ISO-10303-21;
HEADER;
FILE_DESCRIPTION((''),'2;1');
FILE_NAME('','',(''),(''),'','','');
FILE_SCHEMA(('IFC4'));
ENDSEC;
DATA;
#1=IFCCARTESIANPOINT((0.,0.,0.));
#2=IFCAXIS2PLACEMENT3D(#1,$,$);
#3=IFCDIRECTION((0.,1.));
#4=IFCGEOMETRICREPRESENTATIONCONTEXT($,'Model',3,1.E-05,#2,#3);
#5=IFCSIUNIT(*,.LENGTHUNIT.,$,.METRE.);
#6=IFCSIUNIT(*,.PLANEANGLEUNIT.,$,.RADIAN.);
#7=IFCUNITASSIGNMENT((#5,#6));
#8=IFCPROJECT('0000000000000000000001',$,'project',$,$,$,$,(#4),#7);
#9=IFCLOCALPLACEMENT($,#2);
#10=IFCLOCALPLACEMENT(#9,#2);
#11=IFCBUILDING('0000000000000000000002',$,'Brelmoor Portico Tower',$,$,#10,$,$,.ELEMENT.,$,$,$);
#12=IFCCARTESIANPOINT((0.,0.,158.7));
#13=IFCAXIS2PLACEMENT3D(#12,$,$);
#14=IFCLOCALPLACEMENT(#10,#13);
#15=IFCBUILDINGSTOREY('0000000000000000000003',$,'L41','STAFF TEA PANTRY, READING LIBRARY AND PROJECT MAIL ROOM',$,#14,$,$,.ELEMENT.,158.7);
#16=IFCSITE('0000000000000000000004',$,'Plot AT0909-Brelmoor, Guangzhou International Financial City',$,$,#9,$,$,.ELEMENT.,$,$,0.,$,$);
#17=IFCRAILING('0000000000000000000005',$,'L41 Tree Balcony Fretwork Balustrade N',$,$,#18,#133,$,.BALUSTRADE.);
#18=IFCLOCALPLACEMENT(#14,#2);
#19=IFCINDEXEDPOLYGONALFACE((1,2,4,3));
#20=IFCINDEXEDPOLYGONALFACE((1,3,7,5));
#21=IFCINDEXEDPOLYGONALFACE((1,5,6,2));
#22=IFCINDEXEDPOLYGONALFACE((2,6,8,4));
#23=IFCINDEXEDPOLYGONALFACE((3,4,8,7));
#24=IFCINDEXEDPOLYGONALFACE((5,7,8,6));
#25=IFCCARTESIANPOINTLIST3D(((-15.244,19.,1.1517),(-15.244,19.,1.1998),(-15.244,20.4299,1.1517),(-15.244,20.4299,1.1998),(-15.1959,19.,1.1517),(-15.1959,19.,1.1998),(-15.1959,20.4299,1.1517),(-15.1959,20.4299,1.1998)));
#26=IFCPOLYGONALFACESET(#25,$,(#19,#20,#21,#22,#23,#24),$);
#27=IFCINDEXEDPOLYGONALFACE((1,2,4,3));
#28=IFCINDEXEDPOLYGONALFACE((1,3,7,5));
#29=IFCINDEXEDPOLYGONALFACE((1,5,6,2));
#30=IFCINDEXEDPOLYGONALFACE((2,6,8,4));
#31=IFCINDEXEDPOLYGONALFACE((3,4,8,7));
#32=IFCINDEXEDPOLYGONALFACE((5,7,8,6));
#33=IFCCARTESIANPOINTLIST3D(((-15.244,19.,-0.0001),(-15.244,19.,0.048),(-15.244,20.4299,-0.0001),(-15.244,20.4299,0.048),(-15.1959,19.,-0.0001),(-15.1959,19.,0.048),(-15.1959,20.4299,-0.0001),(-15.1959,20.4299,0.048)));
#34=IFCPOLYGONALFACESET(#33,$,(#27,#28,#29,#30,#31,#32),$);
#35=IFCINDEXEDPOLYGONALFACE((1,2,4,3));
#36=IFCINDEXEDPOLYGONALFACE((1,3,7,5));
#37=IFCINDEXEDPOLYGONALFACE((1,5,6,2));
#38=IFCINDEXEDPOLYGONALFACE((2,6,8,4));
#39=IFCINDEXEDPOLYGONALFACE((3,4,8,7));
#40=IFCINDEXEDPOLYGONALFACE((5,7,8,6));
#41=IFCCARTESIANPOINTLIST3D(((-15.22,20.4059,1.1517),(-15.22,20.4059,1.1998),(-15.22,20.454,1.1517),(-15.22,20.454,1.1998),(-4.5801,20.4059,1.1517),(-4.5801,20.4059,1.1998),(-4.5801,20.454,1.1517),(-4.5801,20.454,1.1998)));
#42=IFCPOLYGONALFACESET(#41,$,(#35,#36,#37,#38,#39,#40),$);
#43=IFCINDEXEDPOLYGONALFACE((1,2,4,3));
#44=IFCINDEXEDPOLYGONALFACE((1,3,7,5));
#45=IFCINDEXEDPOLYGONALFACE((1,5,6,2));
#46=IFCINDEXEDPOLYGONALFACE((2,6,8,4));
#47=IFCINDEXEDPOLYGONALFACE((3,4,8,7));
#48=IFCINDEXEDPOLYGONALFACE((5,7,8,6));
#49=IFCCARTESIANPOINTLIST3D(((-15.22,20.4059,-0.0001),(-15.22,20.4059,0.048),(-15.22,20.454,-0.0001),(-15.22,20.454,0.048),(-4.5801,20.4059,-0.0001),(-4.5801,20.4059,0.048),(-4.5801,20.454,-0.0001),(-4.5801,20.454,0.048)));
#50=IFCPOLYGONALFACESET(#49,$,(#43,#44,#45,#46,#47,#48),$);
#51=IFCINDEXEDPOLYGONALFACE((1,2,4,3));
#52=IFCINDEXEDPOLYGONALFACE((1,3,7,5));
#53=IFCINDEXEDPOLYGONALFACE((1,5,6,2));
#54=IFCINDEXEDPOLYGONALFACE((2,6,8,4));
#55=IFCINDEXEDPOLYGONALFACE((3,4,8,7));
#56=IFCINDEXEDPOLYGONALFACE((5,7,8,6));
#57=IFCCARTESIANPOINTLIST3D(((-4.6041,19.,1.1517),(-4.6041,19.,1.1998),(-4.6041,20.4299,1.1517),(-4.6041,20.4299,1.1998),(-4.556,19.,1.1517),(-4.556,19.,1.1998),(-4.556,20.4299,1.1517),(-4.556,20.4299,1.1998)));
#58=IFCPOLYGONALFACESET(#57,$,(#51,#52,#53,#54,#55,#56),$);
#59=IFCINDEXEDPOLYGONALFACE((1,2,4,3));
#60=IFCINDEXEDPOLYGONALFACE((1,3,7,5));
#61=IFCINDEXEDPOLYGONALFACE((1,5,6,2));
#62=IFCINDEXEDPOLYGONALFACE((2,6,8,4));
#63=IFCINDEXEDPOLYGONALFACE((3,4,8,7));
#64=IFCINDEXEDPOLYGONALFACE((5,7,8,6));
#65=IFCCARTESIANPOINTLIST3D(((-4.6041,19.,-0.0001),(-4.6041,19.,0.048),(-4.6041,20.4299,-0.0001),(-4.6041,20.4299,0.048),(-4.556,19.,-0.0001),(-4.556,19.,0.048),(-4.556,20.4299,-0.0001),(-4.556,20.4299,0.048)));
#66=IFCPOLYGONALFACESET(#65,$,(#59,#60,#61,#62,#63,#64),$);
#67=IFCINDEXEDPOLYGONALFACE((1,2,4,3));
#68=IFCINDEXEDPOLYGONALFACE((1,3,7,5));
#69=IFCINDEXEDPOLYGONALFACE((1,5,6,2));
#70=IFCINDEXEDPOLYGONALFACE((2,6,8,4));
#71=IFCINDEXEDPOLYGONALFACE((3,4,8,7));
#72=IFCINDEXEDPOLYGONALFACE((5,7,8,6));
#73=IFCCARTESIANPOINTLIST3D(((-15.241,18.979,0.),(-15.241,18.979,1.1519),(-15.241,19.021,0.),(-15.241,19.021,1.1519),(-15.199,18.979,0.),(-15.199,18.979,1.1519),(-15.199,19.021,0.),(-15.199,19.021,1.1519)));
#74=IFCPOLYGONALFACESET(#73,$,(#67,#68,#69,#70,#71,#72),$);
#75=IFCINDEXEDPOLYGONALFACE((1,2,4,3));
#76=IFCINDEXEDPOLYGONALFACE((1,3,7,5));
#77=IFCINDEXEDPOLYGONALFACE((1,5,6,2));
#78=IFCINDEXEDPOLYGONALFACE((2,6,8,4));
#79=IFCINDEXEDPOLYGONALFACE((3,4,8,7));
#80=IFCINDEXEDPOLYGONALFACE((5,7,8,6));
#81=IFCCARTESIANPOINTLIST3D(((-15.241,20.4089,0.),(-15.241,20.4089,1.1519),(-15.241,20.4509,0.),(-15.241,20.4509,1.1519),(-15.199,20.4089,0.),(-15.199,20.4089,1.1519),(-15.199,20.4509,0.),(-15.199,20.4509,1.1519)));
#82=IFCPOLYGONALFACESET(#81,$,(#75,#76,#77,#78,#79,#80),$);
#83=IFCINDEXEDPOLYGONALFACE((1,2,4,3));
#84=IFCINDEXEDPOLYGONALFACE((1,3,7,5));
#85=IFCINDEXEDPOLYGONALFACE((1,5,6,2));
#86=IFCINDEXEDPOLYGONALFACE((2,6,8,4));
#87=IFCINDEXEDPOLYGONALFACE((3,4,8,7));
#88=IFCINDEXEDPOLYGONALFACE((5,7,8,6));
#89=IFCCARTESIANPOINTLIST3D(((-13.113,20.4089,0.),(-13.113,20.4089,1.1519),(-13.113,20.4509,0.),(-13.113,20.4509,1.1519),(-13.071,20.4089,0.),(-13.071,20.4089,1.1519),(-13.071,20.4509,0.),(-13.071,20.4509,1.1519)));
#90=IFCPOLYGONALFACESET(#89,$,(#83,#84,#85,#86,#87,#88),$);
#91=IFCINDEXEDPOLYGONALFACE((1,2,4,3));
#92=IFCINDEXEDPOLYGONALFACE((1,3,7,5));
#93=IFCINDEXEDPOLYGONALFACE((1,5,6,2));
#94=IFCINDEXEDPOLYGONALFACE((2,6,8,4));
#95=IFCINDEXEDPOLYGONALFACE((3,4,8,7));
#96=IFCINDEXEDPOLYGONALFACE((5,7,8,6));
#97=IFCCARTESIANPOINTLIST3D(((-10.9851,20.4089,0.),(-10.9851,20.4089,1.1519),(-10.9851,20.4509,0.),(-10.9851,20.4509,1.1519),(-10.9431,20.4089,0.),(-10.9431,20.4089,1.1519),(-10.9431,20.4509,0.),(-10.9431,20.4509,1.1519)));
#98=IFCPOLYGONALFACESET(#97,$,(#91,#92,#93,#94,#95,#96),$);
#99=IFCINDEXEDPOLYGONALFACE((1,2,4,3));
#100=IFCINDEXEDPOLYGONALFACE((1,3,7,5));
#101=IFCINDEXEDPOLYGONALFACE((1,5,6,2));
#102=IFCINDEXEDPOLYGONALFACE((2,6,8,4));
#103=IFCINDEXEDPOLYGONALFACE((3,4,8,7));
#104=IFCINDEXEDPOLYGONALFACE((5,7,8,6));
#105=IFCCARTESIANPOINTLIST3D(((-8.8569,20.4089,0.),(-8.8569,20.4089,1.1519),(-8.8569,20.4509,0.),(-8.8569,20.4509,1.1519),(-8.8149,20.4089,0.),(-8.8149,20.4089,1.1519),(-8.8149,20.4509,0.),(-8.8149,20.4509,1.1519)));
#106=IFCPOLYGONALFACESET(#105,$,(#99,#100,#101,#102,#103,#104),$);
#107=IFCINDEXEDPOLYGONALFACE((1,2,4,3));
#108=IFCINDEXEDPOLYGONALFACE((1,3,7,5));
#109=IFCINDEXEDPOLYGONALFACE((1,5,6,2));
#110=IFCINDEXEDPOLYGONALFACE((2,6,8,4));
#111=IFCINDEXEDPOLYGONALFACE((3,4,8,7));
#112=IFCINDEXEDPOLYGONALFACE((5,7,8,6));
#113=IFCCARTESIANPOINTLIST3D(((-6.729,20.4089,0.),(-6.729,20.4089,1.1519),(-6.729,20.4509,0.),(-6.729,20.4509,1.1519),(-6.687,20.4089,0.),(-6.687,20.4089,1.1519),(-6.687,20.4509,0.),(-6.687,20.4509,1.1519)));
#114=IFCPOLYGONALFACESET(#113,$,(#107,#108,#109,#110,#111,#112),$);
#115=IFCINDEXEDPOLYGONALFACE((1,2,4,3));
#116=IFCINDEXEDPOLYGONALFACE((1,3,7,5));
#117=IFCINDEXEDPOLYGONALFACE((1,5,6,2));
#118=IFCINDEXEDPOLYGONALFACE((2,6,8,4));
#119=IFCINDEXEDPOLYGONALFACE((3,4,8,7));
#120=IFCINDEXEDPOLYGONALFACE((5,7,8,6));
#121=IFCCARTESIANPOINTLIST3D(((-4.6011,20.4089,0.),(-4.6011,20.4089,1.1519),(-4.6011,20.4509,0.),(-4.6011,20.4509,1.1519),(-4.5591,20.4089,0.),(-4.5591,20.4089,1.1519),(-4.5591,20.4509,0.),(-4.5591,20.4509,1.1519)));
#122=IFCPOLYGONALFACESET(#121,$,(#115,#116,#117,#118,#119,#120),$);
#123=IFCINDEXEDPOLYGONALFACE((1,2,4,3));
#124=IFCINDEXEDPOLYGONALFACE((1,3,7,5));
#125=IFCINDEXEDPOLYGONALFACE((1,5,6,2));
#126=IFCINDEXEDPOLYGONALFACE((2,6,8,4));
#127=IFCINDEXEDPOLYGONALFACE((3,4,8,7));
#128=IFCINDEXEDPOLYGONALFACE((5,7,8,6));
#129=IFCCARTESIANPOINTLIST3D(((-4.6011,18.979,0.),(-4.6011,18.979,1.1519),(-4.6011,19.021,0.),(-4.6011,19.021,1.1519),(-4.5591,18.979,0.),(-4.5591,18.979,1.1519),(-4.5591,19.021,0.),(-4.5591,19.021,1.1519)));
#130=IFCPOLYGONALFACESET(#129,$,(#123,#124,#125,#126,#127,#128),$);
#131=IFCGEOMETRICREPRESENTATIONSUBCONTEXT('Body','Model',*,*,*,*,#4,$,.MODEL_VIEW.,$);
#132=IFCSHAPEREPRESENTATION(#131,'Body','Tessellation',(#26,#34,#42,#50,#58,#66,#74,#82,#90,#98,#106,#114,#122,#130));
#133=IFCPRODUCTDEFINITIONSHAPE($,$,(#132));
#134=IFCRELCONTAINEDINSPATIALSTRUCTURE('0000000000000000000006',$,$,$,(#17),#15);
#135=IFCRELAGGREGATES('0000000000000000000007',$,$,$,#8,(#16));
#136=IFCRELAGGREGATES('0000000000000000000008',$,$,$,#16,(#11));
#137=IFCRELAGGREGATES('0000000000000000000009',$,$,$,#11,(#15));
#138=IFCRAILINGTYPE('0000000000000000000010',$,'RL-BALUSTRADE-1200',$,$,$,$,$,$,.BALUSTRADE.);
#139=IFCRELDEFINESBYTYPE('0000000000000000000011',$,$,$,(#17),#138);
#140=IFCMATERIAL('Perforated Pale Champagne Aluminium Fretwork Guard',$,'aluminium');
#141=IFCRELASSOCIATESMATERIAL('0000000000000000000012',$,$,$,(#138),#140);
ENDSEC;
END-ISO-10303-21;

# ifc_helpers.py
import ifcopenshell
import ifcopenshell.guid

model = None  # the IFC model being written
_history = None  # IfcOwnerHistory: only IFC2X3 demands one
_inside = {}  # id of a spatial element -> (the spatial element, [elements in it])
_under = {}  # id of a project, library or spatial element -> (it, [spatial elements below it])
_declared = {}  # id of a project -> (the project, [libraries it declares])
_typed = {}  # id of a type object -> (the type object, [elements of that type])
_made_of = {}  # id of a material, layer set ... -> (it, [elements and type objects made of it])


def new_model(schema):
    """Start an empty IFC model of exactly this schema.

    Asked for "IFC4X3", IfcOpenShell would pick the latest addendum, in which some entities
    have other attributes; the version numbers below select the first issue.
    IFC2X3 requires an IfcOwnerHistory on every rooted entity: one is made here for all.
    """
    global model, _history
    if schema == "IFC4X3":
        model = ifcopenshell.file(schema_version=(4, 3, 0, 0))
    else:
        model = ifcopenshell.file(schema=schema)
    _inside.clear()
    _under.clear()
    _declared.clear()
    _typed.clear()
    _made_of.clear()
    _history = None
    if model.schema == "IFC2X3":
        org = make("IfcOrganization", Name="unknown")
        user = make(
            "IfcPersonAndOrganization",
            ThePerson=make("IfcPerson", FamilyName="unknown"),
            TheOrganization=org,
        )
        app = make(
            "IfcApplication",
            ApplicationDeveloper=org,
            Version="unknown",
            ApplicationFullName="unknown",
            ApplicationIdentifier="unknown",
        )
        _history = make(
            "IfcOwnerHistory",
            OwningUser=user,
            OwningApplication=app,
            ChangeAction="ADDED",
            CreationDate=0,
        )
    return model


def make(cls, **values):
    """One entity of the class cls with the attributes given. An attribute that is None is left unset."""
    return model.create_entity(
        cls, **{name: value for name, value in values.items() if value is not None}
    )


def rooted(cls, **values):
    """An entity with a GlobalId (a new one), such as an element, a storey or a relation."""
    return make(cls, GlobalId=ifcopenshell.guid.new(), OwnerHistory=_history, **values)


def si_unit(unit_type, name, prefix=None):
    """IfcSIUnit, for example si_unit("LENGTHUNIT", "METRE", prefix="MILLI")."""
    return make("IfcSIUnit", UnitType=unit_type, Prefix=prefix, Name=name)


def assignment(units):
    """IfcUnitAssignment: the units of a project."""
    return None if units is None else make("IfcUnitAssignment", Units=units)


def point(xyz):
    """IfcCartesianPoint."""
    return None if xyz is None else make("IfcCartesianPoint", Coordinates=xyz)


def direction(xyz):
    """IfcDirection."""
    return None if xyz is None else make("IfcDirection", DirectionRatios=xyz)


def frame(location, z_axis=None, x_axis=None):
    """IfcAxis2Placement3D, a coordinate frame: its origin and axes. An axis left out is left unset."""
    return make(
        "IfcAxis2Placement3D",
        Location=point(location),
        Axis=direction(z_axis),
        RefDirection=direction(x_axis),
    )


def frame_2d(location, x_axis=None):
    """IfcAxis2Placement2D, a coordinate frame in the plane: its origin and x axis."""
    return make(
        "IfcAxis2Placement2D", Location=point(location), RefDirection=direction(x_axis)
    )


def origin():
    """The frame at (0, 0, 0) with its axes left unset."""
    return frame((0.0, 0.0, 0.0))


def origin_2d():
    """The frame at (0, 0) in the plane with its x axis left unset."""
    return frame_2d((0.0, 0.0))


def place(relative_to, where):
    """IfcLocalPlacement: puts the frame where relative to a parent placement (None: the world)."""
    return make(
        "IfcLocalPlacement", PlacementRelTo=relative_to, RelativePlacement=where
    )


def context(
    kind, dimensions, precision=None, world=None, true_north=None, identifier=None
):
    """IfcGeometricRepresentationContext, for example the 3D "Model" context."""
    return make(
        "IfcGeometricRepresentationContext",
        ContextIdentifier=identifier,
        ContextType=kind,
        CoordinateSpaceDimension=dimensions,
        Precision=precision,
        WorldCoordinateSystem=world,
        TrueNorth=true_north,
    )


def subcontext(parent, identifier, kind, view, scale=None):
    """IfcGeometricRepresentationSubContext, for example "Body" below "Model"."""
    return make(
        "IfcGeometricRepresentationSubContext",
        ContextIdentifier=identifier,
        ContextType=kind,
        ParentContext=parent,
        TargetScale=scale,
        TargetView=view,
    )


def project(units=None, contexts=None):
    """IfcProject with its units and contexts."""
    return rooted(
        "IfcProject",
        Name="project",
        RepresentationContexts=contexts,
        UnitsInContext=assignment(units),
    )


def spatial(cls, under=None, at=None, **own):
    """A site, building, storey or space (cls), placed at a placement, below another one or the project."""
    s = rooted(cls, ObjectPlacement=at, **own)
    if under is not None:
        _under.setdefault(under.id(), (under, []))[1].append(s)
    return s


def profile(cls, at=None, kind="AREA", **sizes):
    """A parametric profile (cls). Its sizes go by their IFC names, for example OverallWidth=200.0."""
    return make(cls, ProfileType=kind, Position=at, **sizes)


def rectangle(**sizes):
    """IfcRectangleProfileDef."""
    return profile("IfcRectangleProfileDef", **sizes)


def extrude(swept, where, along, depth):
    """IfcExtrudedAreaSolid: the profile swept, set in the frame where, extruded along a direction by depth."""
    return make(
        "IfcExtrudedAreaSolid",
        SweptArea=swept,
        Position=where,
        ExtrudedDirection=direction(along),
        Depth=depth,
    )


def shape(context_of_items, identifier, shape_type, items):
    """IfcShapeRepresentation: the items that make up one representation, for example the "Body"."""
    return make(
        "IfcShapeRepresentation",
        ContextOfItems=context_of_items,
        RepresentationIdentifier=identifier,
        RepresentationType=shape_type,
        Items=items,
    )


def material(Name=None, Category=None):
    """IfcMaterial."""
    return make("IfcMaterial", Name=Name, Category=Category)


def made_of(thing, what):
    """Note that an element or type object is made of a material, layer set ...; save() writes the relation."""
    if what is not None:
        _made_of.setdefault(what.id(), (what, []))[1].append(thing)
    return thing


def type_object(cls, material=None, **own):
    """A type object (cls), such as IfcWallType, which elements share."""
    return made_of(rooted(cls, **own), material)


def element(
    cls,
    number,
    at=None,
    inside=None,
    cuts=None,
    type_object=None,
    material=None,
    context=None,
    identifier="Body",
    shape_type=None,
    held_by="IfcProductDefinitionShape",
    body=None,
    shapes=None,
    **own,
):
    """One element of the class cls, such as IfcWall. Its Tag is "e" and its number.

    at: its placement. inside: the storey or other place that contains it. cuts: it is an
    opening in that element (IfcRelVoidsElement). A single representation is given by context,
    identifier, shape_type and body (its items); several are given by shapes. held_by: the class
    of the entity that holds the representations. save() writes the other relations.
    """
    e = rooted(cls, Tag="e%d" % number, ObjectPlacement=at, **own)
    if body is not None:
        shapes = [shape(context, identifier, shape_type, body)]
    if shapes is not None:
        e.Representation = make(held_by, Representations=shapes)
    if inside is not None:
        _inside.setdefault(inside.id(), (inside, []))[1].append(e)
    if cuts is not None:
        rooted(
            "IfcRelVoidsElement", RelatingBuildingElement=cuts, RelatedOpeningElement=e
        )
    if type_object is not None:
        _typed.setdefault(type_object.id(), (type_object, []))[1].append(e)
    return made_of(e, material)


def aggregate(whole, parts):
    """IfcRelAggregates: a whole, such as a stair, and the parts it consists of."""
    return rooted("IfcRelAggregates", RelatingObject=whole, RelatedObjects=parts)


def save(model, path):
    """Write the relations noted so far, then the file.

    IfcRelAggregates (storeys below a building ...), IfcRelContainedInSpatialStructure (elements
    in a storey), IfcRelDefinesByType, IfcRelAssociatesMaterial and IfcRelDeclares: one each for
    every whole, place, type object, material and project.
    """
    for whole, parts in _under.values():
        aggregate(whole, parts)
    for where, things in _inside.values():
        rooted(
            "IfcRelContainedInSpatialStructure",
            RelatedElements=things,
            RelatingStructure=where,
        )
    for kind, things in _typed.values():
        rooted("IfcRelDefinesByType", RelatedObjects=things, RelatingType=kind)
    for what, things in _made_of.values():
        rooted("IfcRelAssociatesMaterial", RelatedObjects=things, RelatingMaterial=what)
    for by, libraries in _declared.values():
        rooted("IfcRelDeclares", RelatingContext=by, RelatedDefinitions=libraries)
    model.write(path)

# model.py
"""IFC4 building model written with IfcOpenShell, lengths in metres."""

from ifc_helpers import new_model, si_unit, direction, frame, origin, origin_2d, place, context, subcontext, project, spatial, rectangle, extrude, material, type_object, element, save


model = new_model("IFC4")

# Units and contexts
model_context = context("Model", 3, precision=1e-05, world=origin(), true_north=direction((0.0, 1.0)))
body_context = subcontext(model_context, "Body", "Model", "MODEL_VIEW")
ifc_project = project(units=[si_unit("LENGTHUNIT", "METRE"), si_unit("PLANEANGLEUNIT", "RADIAN")], contexts=[model_context])

# Site, building, storey
site_placement = place(None, origin())
site = spatial("IfcSite", under=ifc_project, at=site_placement, Name="Plot AT0909-Brelmoor, Guangzhou International Financial City", CompositionType="ELEMENT", RefElevation=0.0)
building_placement = place(site_placement, origin())
building = spatial("IfcBuilding", under=site, at=building_placement, Name="Brelmoor Portico Tower", CompositionType="ELEMENT")
storey_placement = place(building_placement, frame((0.0, 0.0, 158.7)))
storey = spatial("IfcBuildingStorey", under=building, at=storey_placement, Name="L41", Description="STAFF TEA PANTRY, READING LIBRARY AND PROJECT MAIL ROOM", CompositionType="ELEMENT", Elevation=158.7)

# Railing
ifc_material_1 = material(Name="Perforated Pale Champagne Aluminium Fretwork Guard", Category="aluminium")
railing_type = type_object("IfcRailingType", Name="RL-BALUSTRADE-1200", PredefinedType="BALUSTRADE", material=ifc_material_1)
railing_placement = place(storey_placement, frame((-15.22, 19.0, 0.0)))
element("IfcRailing", 1, at=railing_placement, inside=storey, type_object=railing_type, Name="L41 Tree Balcony Fretwork Balustrade N", PredefinedType="BALUSTRADE", context=body_context, shape_type="SweptSolid", body=[
    extrude(rectangle(XDim=0.0481, YDim=0.0481, at=origin_2d()), frame((0.0, 0.0, 1.1758), z_axis=(0.0, 1.0, 0.0), x_axis=(-1.0, 0.0, 0.0)), (0.0, 0.0, 1.0), 1.4299),
    extrude(rectangle(XDim=0.0481, YDim=0.0481, at=origin_2d()), frame((0.0, 0.0, 0.0239), z_axis=(0.0, 1.0, 0.0), x_axis=(-1.0, 0.0, 0.0)), (0.0, 0.0, 1.0), 1.4299),
    extrude(rectangle(XDim=0.0481, YDim=0.0481, at=origin_2d()), frame((0.0, 1.4299, 1.1758), z_axis=(1.0, 0.0, 0.0), x_axis=(0.0, 1.0, 0.0)), (0.0, 0.0, 1.0), 10.6399),
    extrude(rectangle(XDim=0.0481, YDim=0.0481, at=origin_2d()), frame((0.0, 1.4299, 0.0239), z_axis=(1.0, 0.0, 0.0), x_axis=(0.0, 1.0, 0.0)), (0.0, 0.0, 1.0), 10.6399),
    extrude(rectangle(XDim=0.0481, YDim=0.0481, at=origin_2d()), frame((10.6399, 1.4299, 1.1758), z_axis=(0.0, -1.0, 0.0), x_axis=(1.0, 0.0, 0.0)), (0.0, 0.0, 1.0), 1.4299),
    extrude(rectangle(XDim=0.0481, YDim=0.0481, at=origin_2d()), frame((10.6399, 1.4299, 0.0239), z_axis=(0.0, -1.0, 0.0), x_axis=(1.0, 0.0, 0.0)), (0.0, 0.0, 1.0), 1.4299),
    extrude(rectangle(XDim=0.042, YDim=0.042, at=origin_2d()), origin(), (0.0, 0.0, 1.0), 1.1519),
    extrude(rectangle(XDim=0.042, YDim=0.042, at=origin_2d()), frame((0.0, 1.4299, 0.0)), (0.0, 0.0, 1.0), 1.1519),
    extrude(rectangle(XDim=0.042, YDim=0.042, at=origin_2d()), frame((2.1279, 1.4299, 0.0)), (0.0, 0.0, 1.0), 1.1519),
    extrude(rectangle(XDim=0.042, YDim=0.042, at=origin_2d()), frame((4.2559, 1.4299, 0.0)), (0.0, 0.0, 1.0), 1.1519),
    extrude(rectangle(XDim=0.042, YDim=0.042, at=origin_2d()), frame((6.384, 1.4299, 0.0)), (0.0, 0.0, 1.0), 1.1519),
    extrude(rectangle(XDim=0.042, YDim=0.042, at=origin_2d()), frame((8.512, 1.4299, 0.0)), (0.0, 0.0, 1.0), 1.1519),
    extrude(rectangle(XDim=0.042, YDim=0.042, at=origin_2d()), frame((10.6399, 1.4299, 0.0)), (0.0, 0.0, 1.0), 1.1519),
    extrude(rectangle(XDim=0.042, YDim=0.042, at=origin_2d()), frame((10.6399, 0.0, 0.0)), (0.0, 0.0, 1.0), 1.1519),
])

save(model, "model.ifc")
